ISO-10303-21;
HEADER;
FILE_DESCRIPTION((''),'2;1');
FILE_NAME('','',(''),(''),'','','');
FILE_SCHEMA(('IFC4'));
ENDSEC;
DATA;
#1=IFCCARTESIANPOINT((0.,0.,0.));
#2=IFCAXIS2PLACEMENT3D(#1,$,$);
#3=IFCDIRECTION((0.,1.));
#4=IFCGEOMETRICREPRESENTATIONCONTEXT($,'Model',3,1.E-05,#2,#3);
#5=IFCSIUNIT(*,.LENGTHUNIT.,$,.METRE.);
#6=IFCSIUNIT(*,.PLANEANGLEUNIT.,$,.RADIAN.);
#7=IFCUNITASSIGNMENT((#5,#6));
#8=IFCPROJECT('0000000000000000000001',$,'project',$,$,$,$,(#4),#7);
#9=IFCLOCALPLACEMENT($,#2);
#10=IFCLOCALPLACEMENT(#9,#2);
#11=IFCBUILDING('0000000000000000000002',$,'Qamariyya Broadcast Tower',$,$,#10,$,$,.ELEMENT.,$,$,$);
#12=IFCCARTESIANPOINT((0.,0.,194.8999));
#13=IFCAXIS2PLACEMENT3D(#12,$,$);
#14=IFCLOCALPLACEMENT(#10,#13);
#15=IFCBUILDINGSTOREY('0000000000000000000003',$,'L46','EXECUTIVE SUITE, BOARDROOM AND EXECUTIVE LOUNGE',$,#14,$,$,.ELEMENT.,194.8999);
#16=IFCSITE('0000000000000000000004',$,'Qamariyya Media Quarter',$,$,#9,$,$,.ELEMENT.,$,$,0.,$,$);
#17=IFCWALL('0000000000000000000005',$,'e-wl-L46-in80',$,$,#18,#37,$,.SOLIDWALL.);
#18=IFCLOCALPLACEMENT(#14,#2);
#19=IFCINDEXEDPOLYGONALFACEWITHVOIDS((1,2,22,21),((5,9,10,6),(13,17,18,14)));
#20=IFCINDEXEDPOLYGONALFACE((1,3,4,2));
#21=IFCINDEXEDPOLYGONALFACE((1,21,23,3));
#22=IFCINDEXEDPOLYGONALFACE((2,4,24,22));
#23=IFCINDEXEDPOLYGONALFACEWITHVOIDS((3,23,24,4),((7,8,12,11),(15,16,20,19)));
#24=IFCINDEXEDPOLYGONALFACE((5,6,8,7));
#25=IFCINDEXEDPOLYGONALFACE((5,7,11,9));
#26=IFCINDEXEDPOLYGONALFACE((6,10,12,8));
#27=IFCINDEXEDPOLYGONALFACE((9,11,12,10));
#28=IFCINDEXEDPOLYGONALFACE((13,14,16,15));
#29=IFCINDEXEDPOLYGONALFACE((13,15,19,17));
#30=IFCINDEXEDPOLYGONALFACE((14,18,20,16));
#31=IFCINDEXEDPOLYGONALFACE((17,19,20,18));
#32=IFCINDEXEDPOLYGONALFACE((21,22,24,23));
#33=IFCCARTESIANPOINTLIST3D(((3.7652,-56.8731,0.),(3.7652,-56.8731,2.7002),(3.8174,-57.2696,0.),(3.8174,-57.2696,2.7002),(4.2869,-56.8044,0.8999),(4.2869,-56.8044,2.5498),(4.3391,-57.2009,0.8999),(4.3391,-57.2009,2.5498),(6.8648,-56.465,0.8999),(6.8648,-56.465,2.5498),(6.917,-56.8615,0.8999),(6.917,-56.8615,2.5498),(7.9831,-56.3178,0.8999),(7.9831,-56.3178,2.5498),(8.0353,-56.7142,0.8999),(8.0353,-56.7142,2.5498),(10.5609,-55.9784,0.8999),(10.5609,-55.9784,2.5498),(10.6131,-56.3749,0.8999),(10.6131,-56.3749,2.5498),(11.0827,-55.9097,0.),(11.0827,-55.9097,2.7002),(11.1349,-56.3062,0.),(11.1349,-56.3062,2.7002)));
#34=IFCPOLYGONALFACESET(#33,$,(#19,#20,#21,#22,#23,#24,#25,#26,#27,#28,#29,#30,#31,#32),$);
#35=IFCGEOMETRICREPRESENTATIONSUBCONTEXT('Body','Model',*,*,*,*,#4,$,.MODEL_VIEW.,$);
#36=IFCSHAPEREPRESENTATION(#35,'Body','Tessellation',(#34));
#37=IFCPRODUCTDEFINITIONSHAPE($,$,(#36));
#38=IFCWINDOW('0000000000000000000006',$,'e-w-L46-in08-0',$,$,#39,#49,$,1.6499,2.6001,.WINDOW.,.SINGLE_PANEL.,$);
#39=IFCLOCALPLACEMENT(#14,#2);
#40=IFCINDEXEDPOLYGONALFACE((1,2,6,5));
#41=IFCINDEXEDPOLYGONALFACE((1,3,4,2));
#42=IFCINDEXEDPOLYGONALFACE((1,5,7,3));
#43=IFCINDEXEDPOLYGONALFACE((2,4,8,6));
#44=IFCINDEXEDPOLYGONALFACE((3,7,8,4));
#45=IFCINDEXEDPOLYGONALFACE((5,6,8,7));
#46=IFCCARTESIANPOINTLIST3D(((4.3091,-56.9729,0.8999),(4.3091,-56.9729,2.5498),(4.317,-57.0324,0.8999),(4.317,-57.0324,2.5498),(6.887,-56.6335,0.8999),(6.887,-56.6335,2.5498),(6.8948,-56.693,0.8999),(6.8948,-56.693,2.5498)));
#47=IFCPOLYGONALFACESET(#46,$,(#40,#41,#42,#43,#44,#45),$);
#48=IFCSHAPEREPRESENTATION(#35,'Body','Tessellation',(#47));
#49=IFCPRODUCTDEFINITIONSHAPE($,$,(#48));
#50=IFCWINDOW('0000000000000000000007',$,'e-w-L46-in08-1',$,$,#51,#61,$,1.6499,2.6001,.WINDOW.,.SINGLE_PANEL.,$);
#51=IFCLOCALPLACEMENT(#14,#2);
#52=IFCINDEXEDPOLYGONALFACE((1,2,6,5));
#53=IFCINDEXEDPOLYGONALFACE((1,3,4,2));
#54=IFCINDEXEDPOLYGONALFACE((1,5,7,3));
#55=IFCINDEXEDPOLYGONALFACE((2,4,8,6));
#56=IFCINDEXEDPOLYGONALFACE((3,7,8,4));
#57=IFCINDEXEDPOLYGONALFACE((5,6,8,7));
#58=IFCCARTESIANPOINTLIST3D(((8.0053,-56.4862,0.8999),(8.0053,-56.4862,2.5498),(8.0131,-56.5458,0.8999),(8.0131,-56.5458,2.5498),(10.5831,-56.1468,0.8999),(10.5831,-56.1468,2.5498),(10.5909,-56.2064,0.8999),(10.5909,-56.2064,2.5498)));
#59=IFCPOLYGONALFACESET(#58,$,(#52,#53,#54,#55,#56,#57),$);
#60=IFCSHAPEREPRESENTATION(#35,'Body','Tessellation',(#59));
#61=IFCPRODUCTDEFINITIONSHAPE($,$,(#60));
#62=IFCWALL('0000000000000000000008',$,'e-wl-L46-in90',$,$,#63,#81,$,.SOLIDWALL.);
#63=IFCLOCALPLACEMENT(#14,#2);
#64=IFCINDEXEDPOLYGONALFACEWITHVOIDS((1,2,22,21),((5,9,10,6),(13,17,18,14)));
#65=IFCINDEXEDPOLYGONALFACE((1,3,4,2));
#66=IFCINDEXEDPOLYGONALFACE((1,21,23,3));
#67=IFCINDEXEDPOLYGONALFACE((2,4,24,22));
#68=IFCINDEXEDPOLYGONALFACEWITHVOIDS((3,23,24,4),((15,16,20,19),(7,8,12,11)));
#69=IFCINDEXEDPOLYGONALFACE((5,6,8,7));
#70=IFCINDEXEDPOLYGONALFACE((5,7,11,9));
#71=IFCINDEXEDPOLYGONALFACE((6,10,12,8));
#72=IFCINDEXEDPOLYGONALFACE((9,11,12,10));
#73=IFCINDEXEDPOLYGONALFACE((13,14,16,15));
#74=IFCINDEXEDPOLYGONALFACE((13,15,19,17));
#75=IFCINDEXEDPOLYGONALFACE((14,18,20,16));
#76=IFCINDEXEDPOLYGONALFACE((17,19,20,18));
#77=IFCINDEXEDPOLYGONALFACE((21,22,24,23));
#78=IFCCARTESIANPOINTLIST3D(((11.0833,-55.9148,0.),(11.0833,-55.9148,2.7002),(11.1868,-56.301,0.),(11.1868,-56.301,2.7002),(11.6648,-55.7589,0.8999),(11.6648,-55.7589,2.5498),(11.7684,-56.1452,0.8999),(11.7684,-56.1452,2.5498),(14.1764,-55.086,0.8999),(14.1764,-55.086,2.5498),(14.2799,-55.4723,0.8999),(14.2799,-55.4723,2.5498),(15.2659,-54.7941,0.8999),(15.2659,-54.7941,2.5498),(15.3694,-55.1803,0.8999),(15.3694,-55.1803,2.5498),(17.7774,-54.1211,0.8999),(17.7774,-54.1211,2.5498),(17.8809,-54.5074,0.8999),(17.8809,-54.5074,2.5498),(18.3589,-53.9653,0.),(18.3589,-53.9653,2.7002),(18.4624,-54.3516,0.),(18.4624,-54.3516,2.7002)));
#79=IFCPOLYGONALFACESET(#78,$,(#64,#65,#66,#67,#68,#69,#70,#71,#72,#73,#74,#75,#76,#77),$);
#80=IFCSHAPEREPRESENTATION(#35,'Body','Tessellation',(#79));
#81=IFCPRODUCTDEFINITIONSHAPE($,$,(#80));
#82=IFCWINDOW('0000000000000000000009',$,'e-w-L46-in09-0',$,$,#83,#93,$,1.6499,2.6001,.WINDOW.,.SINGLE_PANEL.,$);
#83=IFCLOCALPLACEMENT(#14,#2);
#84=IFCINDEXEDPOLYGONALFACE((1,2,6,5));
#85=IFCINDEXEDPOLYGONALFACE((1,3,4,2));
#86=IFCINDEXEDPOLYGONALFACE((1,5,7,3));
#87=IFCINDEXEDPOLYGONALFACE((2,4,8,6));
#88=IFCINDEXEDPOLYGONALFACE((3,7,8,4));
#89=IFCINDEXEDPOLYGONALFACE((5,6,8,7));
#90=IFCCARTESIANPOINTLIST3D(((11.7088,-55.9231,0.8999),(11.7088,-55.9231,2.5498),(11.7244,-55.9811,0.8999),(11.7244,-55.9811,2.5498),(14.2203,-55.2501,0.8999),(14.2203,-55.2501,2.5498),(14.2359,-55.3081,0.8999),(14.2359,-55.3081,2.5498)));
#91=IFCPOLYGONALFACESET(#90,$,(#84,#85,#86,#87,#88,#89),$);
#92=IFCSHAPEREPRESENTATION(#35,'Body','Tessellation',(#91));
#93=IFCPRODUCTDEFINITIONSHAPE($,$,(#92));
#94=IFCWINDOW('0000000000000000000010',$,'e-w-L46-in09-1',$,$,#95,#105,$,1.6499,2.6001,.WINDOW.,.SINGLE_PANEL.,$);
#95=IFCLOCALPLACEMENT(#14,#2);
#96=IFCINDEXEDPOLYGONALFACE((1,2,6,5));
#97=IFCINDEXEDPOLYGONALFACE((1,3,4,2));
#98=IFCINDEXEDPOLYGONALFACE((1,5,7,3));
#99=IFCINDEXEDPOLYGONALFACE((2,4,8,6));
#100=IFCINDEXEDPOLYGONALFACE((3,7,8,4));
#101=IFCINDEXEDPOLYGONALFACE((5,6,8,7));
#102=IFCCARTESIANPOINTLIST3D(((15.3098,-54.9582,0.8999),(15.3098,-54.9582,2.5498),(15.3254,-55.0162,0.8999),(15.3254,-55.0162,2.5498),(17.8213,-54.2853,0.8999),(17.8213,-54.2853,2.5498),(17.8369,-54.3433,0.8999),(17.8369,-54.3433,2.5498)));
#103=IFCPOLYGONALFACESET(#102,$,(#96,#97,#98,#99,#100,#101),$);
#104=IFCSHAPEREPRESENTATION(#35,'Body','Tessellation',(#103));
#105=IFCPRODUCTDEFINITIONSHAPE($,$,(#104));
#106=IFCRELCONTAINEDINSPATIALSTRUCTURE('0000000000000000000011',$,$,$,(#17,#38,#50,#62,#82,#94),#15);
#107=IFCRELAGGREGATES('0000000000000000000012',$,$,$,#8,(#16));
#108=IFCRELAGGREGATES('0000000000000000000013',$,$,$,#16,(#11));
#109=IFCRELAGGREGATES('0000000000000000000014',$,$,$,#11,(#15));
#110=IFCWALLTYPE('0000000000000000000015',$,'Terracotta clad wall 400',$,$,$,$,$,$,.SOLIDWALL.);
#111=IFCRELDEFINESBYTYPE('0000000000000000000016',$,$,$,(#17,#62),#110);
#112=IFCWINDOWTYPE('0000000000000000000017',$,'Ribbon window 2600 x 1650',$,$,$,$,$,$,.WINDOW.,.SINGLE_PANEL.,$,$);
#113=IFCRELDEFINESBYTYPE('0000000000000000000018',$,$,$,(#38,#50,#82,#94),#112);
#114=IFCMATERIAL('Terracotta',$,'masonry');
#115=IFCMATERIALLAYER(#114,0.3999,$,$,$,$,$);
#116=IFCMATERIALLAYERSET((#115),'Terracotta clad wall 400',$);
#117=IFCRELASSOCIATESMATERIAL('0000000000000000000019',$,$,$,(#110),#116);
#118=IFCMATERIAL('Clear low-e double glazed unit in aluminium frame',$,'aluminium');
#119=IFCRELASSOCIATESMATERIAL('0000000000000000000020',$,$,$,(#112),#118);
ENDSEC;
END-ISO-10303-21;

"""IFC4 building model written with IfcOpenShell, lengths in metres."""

from ifc_helpers import new_model, si_unit, direction, frame, frame_2d, origin, place, context, subcontext, project, spatial, rectangle, extrude, material, layer, layer_set, type_object, element, fill, save


model = new_model("IFC4")

# Units and contexts
model_context = context("Model", 3, precision=1e-05, world=origin(), true_north=direction((0.0, 1.0)))
body_context = subcontext(model_context, "Body", "Model", "MODEL_VIEW")
ifc_project = project(units=[si_unit("LENGTHUNIT", "METRE"), si_unit("PLANEANGLEUNIT", "RADIAN")], contexts=[model_context])

# Site, building, storey
site_placement = place(None, origin())
site = spatial("IfcSite", under=ifc_project, at=site_placement, Name="Qamariyya Media Quarter", CompositionType="ELEMENT", RefElevation=0.0)
building_placement = place(site_placement, origin())
building = spatial("IfcBuilding", under=site, at=building_placement, Name="Qamariyya Broadcast Tower", CompositionType="ELEMENT")
storey_placement = place(building_placement, frame((0.0, 0.0, 194.8999)))
storey = spatial("IfcBuildingStorey", under=building, at=storey_placement, Name="L46", Description="EXECUTIVE SUITE, BOARDROOM AND EXECUTIVE LOUNGE", CompositionType="ELEMENT", Elevation=194.8999)

# Walls, openings, windows
ifc_material_1 = material(Name="Terracotta", Category="masonry")
ifc_layer_1 = layer(ifc_material_1, 0.3999)
ifc_layer_set_1 = layer_set([ifc_layer_1], Name="Terracotta clad wall 400")
wall_type_1 = type_object("IfcWallType", Name="Terracotta clad wall 400", PredefinedType="SOLIDWALL", material=ifc_layer_set_1)
ifc_material_2 = material(Name="Clear low-e double glazed unit in aluminium frame", Category="aluminium")
window_type = type_object("IfcWindowType", Name="Ribbon window 2600 x 1650", PartitioningType="SINGLE_PANEL", PredefinedType="WINDOW", material=ifc_material_2)
wall_1_placement = place(storey_placement, frame((11.1089, -56.1079, 0.0), z_axis=(0.0, 0.0, 1.0), x_axis=(-0.991444, -0.13053, 0.0)))
wall_1 = element("IfcWall", 1, at=wall_1_placement, inside=storey, type_object=wall_type_1, Name="e-wl-L46-in80", PredefinedType="SOLIDWALL", context=body_context, shape_type="SweptSolid", body=[
    extrude(rectangle(XDim=7.3806, YDim=0.3999, at=frame_2d((3.6904, 0.0))), origin(), (0.0, 0.0, 1.0), 2.7002),
])
opening_1_placement = place(wall_1_placement, frame((4.2544, 0.0, 0.8999)))
opening_1 = element("IfcOpeningElement", 2, at=opening_1_placement, cuts=wall_1, PredefinedType="OPENING", context=body_context, shape_type="SweptSolid", body=[
    extrude(rectangle(XDim=2.6001, YDim=1.6499, at=frame_2d((1.3, 0.825))), frame((0.0, 0.21, 0.0), z_axis=(0.0, -1.0, 0.0), x_axis=(1.0, 0.0, 0.0)), (0.0, 0.0, 1.0), 0.4199),
])
opening_2_placement = place(wall_1_placement, frame((0.5264, 0.0, 0.8999)))
opening_2 = element("IfcOpeningElement", 3, at=opening_2_placement, cuts=wall_1, PredefinedType="OPENING", context=body_context, shape_type="SweptSolid", body=[
    extrude(rectangle(XDim=2.6001, YDim=1.6499, at=frame_2d((1.3, 0.825))), frame((0.0, 0.21, 0.0), z_axis=(0.0, -1.0, 0.0), x_axis=(1.0, 0.0, 0.0)), (0.0, 0.0, 1.0), 0.4199),
])
window_1_placement = place(opening_1_placement, origin())
window_1 = element("IfcWindow", 4, at=window_1_placement, inside=storey, type_object=window_type, Name="e-w-L46-in08-0", OverallHeight=1.6499, OverallWidth=2.6001, PartitioningType="SINGLE_PANEL", PredefinedType="WINDOW", context=body_context, shape_type="SweptSolid", body=[
    extrude(rectangle(XDim=2.6001, YDim=1.6499, at=frame_2d((1.3, 0.825))), frame((0.0, 0.03, 0.0), z_axis=(0.0, -1.0, 0.0), x_axis=(1.0, 0.0, 0.0)), (0.0, 0.0, 1.0), 0.0601),
])
fill(opening_1, window_1)
window_2_placement = place(opening_2_placement, origin())
window_2 = element("IfcWindow", 5, at=window_2_placement, inside=storey, type_object=window_type, Name="e-w-L46-in08-1", OverallHeight=1.6499, OverallWidth=2.6001, PartitioningType="SINGLE_PANEL", PredefinedType="WINDOW", context=body_context, shape_type="SweptSolid", body=[
    extrude(rectangle(XDim=2.6001, YDim=1.6499, at=frame_2d((1.3, 0.825))), frame((0.0, 0.03, 0.0), z_axis=(0.0, -1.0, 0.0), x_axis=(1.0, 0.0, 0.0)), (0.0, 0.0, 1.0), 0.0601),
])
fill(opening_2, window_2)
wall_2_placement = place(storey_placement, frame((18.4106, -54.1584, 0.0), z_axis=(0.0, 0.0, 1.0), x_axis=(-0.965927, -0.258814, 0.0)))
wall_2 = element("IfcWall", 6, at=wall_2_placement, inside=storey, type_object=wall_type_1, Name="e-wl-L46-in90", PredefinedType="SOLIDWALL", context=body_context, shape_type="SweptSolid", body=[
    extrude(rectangle(XDim=7.5322, YDim=0.3999, at=frame_2d((3.7661, 0.0))), origin(), (0.0, 0.0, 1.0), 2.7002),
])
opening_3_placement = place(wall_2_placement, frame((4.3301, 0.0, 0.8999)))
opening_3 = element("IfcOpeningElement", 7, at=opening_3_placement, cuts=wall_2, PredefinedType="OPENING", context=body_context, shape_type="SweptSolid", body=[
    extrude(rectangle(XDim=2.6001, YDim=1.6499, at=frame_2d((1.3, 0.825))), frame((0.0, 0.21, 0.0), z_axis=(0.0, -1.0, 0.0), x_axis=(1.0, 0.0, 0.0)), (0.0, 0.0, 1.0), 0.4199),
])
opening_4_placement = place(wall_2_placement, frame((0.6021, 0.0, 0.8999)))
opening_4 = element("IfcOpeningElement", 8, at=opening_4_placement, cuts=wall_2, PredefinedType="OPENING", context=body_context, shape_type="SweptSolid", body=[
    extrude(rectangle(XDim=2.6001, YDim=1.6499, at=frame_2d((1.3, 0.825))), frame((0.0, 0.21, 0.0), z_axis=(0.0, -1.0, 0.0), x_axis=(1.0, 0.0, 0.0)), (0.0, 0.0, 1.0), 0.4199),
])
window_3_placement = place(opening_3_placement, origin())
window_3 = element("IfcWindow", 9, at=window_3_placement, inside=storey, type_object=window_type, Name="e-w-L46-in09-0", OverallHeight=1.6499, OverallWidth=2.6001, PartitioningType="SINGLE_PANEL", PredefinedType="WINDOW", context=body_context, shape_type="SweptSolid", body=[
    extrude(rectangle(XDim=2.6001, YDim=1.6499, at=frame_2d((1.3, 0.825))), frame((0.0, 0.03, 0.0), z_axis=(0.0, -1.0, 0.0), x_axis=(1.0, 0.0, 0.0)), (0.0, 0.0, 1.0), 0.0601),
])
fill(opening_3, window_3)
window_4_placement = place(opening_4_placement, origin())
window_4 = element("IfcWindow", 10, at=window_4_placement, inside=storey, type_object=window_type, Name="e-w-L46-in09-1", OverallHeight=1.6499, OverallWidth=2.6001, PartitioningType="SINGLE_PANEL", PredefinedType="WINDOW", context=body_context, shape_type="SweptSolid", body=[
    extrude(rectangle(XDim=2.6001, YDim=1.6499, at=frame_2d((1.3, 0.825))), frame((0.0, 0.03, 0.0), z_axis=(0.0, -1.0, 0.0), x_axis=(1.0, 0.0, 0.0)), (0.0, 0.0, 1.0), 0.0601),
])
fill(opening_4, window_4)

save(model, "model.ifc")
